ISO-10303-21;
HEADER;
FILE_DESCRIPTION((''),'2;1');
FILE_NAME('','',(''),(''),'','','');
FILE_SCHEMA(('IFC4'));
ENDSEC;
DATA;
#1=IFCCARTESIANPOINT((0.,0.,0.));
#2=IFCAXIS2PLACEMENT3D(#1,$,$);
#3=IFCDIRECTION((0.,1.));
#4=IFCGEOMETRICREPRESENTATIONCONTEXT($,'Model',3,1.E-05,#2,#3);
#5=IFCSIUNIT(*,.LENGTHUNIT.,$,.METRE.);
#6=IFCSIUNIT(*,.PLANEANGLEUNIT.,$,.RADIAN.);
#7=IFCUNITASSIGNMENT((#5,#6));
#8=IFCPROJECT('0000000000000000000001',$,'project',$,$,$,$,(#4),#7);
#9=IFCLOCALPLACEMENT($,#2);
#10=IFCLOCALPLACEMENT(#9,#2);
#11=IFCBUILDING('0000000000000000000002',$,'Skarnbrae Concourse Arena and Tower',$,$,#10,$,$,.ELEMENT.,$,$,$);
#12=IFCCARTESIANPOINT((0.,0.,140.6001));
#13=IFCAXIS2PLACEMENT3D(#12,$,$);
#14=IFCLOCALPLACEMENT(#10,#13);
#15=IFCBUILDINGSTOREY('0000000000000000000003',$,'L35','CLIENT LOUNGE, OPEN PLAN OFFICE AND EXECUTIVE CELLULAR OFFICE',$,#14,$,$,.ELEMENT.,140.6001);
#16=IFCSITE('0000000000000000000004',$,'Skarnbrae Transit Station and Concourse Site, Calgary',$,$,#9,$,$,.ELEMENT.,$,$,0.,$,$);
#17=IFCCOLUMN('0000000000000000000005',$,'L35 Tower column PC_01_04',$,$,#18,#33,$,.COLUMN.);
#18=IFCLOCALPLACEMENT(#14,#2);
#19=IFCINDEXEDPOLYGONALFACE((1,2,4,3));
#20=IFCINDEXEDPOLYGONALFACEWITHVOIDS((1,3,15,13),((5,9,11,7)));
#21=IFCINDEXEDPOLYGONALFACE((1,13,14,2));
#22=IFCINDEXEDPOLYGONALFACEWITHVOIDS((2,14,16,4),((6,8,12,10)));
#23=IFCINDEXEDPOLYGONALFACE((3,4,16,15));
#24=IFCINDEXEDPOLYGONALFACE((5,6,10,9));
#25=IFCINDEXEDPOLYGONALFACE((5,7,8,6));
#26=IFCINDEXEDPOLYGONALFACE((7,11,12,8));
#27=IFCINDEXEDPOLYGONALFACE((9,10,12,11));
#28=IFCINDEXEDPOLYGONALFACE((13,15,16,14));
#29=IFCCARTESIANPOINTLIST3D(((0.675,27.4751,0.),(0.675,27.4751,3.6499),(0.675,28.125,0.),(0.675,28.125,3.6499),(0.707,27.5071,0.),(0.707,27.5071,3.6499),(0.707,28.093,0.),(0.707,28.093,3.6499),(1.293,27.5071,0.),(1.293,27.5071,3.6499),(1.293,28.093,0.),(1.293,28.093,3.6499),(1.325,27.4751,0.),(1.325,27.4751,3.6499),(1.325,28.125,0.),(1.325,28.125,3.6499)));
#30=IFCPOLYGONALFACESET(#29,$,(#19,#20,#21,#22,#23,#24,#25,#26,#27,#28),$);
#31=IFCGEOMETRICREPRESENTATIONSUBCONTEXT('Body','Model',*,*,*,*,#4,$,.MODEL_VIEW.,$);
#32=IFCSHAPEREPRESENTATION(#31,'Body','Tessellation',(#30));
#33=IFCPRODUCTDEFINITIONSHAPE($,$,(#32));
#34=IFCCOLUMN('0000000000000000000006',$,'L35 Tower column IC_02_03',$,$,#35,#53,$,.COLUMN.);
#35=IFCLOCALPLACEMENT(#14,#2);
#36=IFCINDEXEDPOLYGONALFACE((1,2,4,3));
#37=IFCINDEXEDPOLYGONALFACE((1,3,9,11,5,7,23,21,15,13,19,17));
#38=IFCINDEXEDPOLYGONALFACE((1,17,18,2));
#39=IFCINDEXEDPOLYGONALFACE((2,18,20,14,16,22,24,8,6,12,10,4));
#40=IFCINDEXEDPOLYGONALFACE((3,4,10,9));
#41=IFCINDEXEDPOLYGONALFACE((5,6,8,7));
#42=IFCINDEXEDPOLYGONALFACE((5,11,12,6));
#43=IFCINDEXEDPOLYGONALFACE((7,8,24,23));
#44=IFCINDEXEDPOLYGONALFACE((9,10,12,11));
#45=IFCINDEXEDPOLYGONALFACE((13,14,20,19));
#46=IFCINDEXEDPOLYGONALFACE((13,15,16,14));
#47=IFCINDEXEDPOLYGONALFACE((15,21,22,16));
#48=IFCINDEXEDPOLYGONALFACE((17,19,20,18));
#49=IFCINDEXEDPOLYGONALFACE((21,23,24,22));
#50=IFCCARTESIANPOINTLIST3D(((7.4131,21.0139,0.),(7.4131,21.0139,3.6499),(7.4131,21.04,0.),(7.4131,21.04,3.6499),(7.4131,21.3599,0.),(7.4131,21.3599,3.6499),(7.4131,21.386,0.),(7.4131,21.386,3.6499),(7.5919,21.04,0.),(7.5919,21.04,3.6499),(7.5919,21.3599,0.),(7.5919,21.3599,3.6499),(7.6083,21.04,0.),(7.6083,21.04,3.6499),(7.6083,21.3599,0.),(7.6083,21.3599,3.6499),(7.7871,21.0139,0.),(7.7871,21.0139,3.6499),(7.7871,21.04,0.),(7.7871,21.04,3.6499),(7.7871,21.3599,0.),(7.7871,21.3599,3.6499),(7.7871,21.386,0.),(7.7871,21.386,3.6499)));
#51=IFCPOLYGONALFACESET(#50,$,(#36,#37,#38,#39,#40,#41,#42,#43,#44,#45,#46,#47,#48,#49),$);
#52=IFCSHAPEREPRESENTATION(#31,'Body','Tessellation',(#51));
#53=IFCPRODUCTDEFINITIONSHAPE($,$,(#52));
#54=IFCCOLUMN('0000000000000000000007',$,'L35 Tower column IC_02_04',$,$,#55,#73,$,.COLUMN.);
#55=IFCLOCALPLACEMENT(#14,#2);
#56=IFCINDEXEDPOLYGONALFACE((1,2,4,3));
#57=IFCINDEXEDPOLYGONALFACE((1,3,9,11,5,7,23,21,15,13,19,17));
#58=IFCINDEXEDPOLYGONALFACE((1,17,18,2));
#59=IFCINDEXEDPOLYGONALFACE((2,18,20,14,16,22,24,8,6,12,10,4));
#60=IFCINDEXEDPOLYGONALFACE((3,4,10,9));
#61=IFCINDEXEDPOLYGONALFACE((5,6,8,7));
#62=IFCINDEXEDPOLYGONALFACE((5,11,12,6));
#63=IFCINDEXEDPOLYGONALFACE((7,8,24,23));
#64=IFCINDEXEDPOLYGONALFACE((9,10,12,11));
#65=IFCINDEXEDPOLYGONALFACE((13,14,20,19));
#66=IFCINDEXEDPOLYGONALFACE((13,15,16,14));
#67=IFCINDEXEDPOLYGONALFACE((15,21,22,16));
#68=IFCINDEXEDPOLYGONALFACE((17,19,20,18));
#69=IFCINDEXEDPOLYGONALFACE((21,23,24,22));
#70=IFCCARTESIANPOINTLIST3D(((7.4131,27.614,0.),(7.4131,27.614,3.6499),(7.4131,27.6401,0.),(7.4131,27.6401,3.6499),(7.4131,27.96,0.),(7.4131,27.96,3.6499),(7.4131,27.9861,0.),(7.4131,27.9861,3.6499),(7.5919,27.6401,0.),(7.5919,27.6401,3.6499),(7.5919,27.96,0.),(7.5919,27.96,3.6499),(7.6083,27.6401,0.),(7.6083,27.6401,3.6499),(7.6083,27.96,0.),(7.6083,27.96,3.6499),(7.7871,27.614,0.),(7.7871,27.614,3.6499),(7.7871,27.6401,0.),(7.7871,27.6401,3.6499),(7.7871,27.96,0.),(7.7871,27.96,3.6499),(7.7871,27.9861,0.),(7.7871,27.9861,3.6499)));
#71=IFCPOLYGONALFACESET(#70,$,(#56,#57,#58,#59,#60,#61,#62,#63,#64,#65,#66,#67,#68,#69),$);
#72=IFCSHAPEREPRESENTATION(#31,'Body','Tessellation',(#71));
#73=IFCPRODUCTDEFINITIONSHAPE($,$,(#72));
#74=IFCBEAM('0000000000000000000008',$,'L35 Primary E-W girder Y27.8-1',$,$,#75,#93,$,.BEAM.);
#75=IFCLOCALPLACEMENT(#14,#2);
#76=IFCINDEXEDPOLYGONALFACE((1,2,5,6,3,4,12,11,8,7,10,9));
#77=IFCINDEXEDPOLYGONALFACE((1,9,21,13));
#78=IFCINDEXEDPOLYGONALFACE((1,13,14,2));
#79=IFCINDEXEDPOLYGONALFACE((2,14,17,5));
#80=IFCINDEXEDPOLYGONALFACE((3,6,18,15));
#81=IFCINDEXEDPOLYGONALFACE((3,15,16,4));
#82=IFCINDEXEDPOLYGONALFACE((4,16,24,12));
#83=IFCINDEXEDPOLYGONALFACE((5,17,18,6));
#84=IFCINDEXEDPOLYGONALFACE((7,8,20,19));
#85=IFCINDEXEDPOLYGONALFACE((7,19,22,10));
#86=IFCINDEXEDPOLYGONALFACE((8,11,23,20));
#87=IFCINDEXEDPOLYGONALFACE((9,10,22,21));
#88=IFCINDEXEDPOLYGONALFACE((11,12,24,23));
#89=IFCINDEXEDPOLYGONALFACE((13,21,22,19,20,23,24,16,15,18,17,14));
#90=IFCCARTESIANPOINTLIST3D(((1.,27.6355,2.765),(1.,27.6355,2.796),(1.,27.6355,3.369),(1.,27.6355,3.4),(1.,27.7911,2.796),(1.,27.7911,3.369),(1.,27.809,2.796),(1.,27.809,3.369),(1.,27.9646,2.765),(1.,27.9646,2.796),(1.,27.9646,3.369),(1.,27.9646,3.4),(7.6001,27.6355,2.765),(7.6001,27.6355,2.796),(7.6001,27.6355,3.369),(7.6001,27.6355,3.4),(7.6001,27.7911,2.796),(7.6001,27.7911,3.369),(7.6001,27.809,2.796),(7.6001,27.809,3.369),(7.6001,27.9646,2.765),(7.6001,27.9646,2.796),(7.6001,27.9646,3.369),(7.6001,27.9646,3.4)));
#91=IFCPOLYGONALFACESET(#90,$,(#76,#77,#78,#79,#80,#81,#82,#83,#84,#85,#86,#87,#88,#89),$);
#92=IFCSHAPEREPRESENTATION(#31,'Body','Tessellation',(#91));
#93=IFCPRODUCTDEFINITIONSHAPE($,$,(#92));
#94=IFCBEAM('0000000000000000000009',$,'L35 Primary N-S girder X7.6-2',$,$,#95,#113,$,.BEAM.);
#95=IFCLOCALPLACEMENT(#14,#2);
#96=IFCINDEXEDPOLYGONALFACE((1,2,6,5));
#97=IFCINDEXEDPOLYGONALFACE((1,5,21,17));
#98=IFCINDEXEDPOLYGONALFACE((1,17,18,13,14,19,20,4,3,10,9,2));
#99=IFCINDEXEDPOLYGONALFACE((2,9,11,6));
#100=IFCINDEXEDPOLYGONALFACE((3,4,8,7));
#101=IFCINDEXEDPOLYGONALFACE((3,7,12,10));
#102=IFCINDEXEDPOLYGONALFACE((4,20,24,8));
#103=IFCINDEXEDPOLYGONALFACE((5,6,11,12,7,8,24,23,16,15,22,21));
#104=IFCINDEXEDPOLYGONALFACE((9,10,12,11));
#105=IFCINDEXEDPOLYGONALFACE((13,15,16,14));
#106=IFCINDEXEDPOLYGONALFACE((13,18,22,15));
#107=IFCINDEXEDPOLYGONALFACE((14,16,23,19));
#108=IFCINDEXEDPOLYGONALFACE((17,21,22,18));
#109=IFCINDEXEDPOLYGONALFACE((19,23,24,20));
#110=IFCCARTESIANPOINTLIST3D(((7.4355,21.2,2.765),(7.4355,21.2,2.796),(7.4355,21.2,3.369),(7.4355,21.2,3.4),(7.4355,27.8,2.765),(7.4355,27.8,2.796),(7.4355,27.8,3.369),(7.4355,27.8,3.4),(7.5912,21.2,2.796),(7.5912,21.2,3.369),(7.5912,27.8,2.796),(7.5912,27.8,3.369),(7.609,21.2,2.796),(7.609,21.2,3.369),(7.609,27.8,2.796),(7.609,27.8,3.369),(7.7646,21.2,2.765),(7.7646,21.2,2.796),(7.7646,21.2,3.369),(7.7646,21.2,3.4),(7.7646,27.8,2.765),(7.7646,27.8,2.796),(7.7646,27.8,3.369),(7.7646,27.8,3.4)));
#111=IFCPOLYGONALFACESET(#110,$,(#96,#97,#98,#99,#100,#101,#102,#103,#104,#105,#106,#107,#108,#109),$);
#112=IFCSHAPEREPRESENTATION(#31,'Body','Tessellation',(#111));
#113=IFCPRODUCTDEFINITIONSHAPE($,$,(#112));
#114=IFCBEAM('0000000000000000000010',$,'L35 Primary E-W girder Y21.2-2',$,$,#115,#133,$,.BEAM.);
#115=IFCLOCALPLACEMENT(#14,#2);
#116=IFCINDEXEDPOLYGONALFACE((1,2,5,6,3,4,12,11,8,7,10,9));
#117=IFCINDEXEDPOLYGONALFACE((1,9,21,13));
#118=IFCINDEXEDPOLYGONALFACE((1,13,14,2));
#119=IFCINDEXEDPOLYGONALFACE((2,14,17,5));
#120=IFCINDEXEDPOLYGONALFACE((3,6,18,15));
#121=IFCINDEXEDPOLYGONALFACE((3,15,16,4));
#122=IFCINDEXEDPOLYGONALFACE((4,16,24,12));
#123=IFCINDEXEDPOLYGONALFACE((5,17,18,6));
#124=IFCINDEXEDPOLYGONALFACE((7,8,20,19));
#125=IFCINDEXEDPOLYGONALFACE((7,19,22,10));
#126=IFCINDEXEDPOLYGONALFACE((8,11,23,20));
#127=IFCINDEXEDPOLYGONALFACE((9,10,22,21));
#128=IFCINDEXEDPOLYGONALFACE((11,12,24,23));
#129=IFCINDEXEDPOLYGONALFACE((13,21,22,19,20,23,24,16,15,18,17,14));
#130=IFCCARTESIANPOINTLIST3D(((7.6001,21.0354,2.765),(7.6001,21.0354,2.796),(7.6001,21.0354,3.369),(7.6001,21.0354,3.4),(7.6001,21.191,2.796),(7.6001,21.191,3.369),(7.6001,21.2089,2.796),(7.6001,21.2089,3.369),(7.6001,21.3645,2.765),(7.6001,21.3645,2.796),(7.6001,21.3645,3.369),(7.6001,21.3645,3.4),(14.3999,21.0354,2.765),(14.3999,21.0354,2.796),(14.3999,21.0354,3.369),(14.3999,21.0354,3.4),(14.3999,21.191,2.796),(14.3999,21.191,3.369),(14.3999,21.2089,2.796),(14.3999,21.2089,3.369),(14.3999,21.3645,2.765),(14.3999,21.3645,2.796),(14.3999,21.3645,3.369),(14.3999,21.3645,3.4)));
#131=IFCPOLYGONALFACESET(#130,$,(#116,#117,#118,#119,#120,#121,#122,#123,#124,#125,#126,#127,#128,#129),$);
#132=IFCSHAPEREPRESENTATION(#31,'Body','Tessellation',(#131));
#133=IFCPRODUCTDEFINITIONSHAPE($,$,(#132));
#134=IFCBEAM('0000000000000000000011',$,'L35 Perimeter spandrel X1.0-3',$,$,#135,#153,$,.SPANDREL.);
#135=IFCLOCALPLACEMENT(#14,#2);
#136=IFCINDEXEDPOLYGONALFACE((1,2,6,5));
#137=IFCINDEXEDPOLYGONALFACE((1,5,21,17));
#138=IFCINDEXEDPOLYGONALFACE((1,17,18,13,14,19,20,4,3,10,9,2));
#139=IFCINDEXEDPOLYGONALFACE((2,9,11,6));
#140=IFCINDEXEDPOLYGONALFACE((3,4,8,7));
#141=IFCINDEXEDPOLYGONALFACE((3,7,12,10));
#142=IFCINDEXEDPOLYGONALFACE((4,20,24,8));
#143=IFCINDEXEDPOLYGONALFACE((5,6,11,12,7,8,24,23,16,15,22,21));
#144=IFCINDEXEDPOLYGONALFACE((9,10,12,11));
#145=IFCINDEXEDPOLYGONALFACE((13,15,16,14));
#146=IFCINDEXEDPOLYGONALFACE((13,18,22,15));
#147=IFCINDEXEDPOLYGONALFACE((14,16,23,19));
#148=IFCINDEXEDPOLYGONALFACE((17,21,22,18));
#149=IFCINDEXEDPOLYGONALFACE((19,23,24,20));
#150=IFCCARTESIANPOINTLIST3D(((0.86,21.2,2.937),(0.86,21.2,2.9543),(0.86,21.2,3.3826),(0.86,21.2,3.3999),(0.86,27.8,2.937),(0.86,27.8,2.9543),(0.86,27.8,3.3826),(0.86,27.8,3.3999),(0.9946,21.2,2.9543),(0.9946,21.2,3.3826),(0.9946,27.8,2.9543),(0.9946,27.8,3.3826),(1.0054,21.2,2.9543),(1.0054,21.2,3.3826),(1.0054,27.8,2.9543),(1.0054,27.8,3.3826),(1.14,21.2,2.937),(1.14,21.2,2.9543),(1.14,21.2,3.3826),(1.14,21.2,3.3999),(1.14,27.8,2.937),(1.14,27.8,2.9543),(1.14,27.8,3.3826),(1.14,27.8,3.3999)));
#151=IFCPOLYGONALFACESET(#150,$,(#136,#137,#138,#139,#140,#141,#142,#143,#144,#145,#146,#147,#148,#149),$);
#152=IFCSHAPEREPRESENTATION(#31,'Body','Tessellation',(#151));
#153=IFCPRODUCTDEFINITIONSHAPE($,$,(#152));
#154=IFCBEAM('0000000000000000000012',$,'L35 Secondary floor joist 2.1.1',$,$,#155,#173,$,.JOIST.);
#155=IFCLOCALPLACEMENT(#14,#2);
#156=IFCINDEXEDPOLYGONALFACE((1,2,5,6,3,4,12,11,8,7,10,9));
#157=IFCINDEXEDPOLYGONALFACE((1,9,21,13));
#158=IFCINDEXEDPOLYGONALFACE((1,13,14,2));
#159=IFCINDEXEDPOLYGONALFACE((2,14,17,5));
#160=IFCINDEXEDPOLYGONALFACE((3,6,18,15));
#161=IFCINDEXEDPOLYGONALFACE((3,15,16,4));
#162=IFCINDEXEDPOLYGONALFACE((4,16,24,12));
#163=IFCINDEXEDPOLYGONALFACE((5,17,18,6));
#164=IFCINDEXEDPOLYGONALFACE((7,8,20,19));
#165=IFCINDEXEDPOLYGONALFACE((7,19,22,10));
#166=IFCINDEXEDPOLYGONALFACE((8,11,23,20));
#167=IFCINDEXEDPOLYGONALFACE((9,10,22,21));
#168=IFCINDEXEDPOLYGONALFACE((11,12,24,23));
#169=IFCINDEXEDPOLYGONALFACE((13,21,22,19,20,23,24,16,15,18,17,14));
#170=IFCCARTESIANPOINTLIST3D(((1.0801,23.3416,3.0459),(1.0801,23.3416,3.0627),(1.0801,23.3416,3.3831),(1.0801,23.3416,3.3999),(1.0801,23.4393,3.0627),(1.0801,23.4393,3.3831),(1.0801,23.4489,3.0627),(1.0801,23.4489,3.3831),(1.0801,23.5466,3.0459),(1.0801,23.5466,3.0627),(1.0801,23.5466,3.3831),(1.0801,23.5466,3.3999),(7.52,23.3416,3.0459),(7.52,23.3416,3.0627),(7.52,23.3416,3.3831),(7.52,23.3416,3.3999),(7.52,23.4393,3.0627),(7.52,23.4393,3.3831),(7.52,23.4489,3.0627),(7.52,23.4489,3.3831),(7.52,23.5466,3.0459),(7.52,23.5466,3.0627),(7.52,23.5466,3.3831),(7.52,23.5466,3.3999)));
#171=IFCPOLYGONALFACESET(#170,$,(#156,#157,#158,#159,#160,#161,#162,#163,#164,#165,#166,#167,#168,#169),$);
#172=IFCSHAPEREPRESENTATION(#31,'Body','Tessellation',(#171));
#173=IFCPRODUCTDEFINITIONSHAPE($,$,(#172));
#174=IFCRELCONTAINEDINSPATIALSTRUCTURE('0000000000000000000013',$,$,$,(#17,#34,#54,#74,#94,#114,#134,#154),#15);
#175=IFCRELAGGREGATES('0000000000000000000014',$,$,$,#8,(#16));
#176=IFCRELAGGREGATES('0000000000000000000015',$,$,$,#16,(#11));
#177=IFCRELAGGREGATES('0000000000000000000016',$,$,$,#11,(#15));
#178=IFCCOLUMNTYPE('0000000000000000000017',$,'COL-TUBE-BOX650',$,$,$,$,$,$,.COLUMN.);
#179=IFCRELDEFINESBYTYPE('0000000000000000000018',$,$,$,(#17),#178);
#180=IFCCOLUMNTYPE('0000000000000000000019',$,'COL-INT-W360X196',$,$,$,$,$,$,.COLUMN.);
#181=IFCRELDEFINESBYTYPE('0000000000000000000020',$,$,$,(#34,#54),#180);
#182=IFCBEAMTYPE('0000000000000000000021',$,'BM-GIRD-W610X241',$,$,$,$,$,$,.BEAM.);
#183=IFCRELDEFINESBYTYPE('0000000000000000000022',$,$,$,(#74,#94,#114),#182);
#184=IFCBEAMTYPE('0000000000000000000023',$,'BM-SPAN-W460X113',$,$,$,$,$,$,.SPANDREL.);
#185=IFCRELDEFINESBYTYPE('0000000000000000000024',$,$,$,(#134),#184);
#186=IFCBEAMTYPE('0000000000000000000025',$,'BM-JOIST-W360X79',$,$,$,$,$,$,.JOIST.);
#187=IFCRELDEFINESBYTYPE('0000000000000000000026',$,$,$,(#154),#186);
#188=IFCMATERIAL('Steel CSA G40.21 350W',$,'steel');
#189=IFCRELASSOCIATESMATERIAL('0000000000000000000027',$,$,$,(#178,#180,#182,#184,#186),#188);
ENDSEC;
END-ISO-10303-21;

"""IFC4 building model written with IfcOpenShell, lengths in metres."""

from ifc_helpers import new_model, si_unit, direction, frame, origin, origin_2d, place, context, subcontext, project, spatial, hollow_rectangle, i_section, extrude, source, transform, mapped, material, material_profile, profile_set, type_object, element, save


model = new_model("IFC4")

# Units and contexts
model_context = context("Model", 3, precision=1e-05, world=origin(), true_north=direction((0.0, 1.0)))
body_context = subcontext(model_context, "Body", "Model", "MODEL_VIEW")
ifc_project = project(units=[si_unit("LENGTHUNIT", "METRE"), si_unit("PLANEANGLEUNIT", "RADIAN")], contexts=[model_context])

# Site, building, storey
site_placement = place(None, origin())
site = spatial("IfcSite", under=ifc_project, at=site_placement, Name="Skarnbrae Transit Station and Concourse Site, Calgary", CompositionType="ELEMENT", RefElevation=0.0)
building_placement = place(site_placement, origin())
building = spatial("IfcBuilding", under=site, at=building_placement, Name="Skarnbrae Concourse Arena and Tower", CompositionType="ELEMENT")
storey_placement = place(building_placement, frame((0.0, 0.0, 140.6001)))
storey = spatial("IfcBuildingStorey", under=building, at=storey_placement, Name="L35", Description="CLIENT LOUNGE, OPEN PLAN OFFICE AND EXECUTIVE CELLULAR OFFICE", CompositionType="ELEMENT", Elevation=140.6001)

# Columns
ifc_material_1 = material(Name="Steel CSA G40.21 350W", Category="steel")
ifc_material_profile_1 = material_profile(ifc_material_1, hollow_rectangle(XDim=0.6499, YDim=0.6499, WallThickness=0.032, at=origin_2d()), Name="BOX650X650X32")
ifc_profile_set_1 = profile_set([ifc_material_profile_1], Name="Steel CSA G40.21 350W")
column_type_1 = type_object("IfcColumnType", Name="COL-TUBE-BOX650", PredefinedType="COLUMN", material=ifc_profile_set_1)
shared_shape_1 = source(origin(), body_context, "Body", "SweptSolid", [
    extrude(hollow_rectangle(XDim=0.6499, YDim=0.6499, WallThickness=0.032, at=origin_2d()), origin(), (0.0, 0.0, 1.0), 3.6499),
])
column_placement = place(storey_placement, frame((1.0, 27.8, 0.0), z_axis=(0.0, 0.0, 1.0), x_axis=(1.0, 0.0, 0.0)))
element("IfcColumn", 1, at=column_placement, inside=storey, type_object=column_type_1, Name="L35 Tower column PC_01_04", PredefinedType="COLUMN", context=body_context, shape_type="MappedRepresentation", body=[
    mapped(shared_shape_1, transform((0.0, 0.0, 0.0))),
])
ifc_material_profile_2 = material_profile(ifc_material_1, i_section(OverallWidth=0.374, OverallDepth=0.3721, WebThickness=0.0164, FlangeThickness=0.0261, at=origin_2d()), Name="W360X196")
ifc_profile_set_2 = profile_set([ifc_material_profile_2], Name="Steel CSA G40.21 350W")
column_type_2 = type_object("IfcColumnType", Name="COL-INT-W360X196", PredefinedType="COLUMN", material=ifc_profile_set_2)
shared_shape_2 = source(origin(), body_context, "Body", "SweptSolid", [
    extrude(i_section(OverallWidth=0.374, OverallDepth=0.3721, WebThickness=0.0164, FlangeThickness=0.0261, at=origin_2d()), origin(), (0.0, 0.0, 1.0), 3.6499),
])
for number, where, z_axis, x_axis, name in (
    (2, (7.6001, 21.2, 0.0), (0.0, 0.0, 1.0), (1.0, 0.0, 0.0), "L35 Tower column IC_02_03"),
    (3, (7.6001, 27.8, 0.0), (0.0, 0.0, 1.0), (1.0, 0.0, 0.0), "L35 Tower column IC_02_04"),
):
    element("IfcColumn", number, at=place(storey_placement, frame(where, z_axis=z_axis, x_axis=x_axis)), inside=storey, type_object=column_type_2, Name=name, PredefinedType="COLUMN", context=body_context, shape_type="MappedRepresentation", body=[
        mapped(shared_shape_2, transform((0.0, 0.0, 0.0))),
    ])

# Beams
ifc_material_profile_3 = material_profile(ifc_material_1, i_section(OverallWidth=0.3291, OverallDepth=0.635, WebThickness=0.0178, FlangeThickness=0.031, at=origin_2d()), Name="W610X241")
ifc_profile_set_3 = profile_set([ifc_material_profile_3], Name="Steel CSA G40.21 350W")
beam_type_1 = type_object("IfcBeamType", Name="BM-GIRD-W610X241", PredefinedType="BEAM", material=ifc_profile_set_3)
shared_shape_3 = source(origin(), body_context, "Body", "SweptSolid", [
    extrude(i_section(OverallWidth=0.3291, OverallDepth=0.635, WebThickness=0.0178, FlangeThickness=0.031, at=origin_2d()), origin(), (0.0, 0.0, 1.0), 6.6001),
])
for number, where, z_axis, x_axis, name in (
    (4, (1.0, 27.8, 3.0825), (1.0, 0.0, 0.0), (0.0, 1.0, 0.0), "L35 Primary E-W girder Y27.8-1"),
    (5, (7.6001, 21.2, 3.0825), (0.0, 1.0, 0.0), (-1.0, 0.0, 0.0), "L35 Primary N-S girder X7.6-2"),
):
    element("IfcBeam", number, at=place(storey_placement, frame(where, z_axis=z_axis, x_axis=x_axis)), inside=storey, type_object=beam_type_1, Name=name, PredefinedType="BEAM", context=body_context, shape_type="MappedRepresentation", body=[
        mapped(shared_shape_3, transform((0.0, 0.0, 0.0))),
    ])
shared_shape_4 = source(origin(), body_context, "Body", "SweptSolid", [
    extrude(i_section(OverallWidth=0.3291, OverallDepth=0.635, WebThickness=0.0178, FlangeThickness=0.031, at=origin_2d()), origin(), (0.0, 0.0, 1.0), 6.7998),
])
beam_1_placement = place(storey_placement, frame((7.6001, 21.2, 3.0825), z_axis=(1.0, 0.0, 0.0), x_axis=(0.0, 1.0, 0.0)))
element("IfcBeam", 6, at=beam_1_placement, inside=storey, type_object=beam_type_1, Name="L35 Primary E-W girder Y21.2-2", PredefinedType="BEAM", context=body_context, shape_type="MappedRepresentation", body=[
    mapped(shared_shape_4, transform((0.0, 0.0, 0.0))),
])
ifc_material_profile_4 = material_profile(ifc_material_1, i_section(OverallWidth=0.28, OverallDepth=0.4629, WebThickness=0.0107, FlangeThickness=0.0173, at=origin_2d()), Name="W460X113")
ifc_profile_set_4 = profile_set([ifc_material_profile_4], Name="Steel CSA G40.21 350W")
beam_type_2 = type_object("IfcBeamType", Name="BM-SPAN-W460X113", PredefinedType="SPANDREL", material=ifc_profile_set_4)
shared_shape_5 = source(origin(), body_context, "Body", "SweptSolid", [
    extrude(i_section(OverallWidth=0.28, OverallDepth=0.4629, WebThickness=0.0107, FlangeThickness=0.0173, at=origin_2d()), origin(), (0.0, 0.0, 1.0), 6.6001),
])
beam_2_placement = place(storey_placement, frame((1.0, 21.2, 3.1685), z_axis=(0.0, 1.0, 0.0), x_axis=(-1.0, 0.0, 0.0)))
element("IfcBeam", 7, at=beam_2_placement, inside=storey, type_object=beam_type_2, Name="L35 Perimeter spandrel X1.0-3", PredefinedType="SPANDREL", context=body_context, shape_type="MappedRepresentation", body=[
    mapped(shared_shape_5, transform((0.0, 0.0, 0.0))),
])
ifc_material_profile_5 = material_profile(ifc_material_1, i_section(OverallWidth=0.2051, OverallDepth=0.354, WebThickness=0.0095, FlangeThickness=0.0168, at=origin_2d()), Name="W360X79")
ifc_profile_set_5 = profile_set([ifc_material_profile_5], Name="Steel CSA G40.21 350W")
beam_type_3 = type_object("IfcBeamType", Name="BM-JOIST-W360X79", PredefinedType="JOIST", material=ifc_profile_set_5)
shared_shape_6 = source(origin(), body_context, "Body", "SweptSolid", [
    extrude(i_section(OverallWidth=0.2051, OverallDepth=0.354, WebThickness=0.0095, FlangeThickness=0.0168, at=origin_2d()), origin(), (0.0, 0.0, 1.0), 6.4399),
])
for number, where, z_axis, x_axis, name in (
    (8, (1.0801, 23.4441, 3.2229), (1.0, 0.0, 0.0), (0.0, 1.0, 0.0), "L35 Secondary floor joist 2.1.1"),
):
    element("IfcBeam", number, at=place(storey_placement, frame(where, z_axis=z_axis, x_axis=x_axis)), inside=storey, type_object=beam_type_3, Name=name, PredefinedType="JOIST", context=body_context, shape_type="MappedRepresentation", body=[
        mapped(shared_shape_6, transform((0.0, 0.0, 0.0))),
    ])

save(model, "model.ifc")
